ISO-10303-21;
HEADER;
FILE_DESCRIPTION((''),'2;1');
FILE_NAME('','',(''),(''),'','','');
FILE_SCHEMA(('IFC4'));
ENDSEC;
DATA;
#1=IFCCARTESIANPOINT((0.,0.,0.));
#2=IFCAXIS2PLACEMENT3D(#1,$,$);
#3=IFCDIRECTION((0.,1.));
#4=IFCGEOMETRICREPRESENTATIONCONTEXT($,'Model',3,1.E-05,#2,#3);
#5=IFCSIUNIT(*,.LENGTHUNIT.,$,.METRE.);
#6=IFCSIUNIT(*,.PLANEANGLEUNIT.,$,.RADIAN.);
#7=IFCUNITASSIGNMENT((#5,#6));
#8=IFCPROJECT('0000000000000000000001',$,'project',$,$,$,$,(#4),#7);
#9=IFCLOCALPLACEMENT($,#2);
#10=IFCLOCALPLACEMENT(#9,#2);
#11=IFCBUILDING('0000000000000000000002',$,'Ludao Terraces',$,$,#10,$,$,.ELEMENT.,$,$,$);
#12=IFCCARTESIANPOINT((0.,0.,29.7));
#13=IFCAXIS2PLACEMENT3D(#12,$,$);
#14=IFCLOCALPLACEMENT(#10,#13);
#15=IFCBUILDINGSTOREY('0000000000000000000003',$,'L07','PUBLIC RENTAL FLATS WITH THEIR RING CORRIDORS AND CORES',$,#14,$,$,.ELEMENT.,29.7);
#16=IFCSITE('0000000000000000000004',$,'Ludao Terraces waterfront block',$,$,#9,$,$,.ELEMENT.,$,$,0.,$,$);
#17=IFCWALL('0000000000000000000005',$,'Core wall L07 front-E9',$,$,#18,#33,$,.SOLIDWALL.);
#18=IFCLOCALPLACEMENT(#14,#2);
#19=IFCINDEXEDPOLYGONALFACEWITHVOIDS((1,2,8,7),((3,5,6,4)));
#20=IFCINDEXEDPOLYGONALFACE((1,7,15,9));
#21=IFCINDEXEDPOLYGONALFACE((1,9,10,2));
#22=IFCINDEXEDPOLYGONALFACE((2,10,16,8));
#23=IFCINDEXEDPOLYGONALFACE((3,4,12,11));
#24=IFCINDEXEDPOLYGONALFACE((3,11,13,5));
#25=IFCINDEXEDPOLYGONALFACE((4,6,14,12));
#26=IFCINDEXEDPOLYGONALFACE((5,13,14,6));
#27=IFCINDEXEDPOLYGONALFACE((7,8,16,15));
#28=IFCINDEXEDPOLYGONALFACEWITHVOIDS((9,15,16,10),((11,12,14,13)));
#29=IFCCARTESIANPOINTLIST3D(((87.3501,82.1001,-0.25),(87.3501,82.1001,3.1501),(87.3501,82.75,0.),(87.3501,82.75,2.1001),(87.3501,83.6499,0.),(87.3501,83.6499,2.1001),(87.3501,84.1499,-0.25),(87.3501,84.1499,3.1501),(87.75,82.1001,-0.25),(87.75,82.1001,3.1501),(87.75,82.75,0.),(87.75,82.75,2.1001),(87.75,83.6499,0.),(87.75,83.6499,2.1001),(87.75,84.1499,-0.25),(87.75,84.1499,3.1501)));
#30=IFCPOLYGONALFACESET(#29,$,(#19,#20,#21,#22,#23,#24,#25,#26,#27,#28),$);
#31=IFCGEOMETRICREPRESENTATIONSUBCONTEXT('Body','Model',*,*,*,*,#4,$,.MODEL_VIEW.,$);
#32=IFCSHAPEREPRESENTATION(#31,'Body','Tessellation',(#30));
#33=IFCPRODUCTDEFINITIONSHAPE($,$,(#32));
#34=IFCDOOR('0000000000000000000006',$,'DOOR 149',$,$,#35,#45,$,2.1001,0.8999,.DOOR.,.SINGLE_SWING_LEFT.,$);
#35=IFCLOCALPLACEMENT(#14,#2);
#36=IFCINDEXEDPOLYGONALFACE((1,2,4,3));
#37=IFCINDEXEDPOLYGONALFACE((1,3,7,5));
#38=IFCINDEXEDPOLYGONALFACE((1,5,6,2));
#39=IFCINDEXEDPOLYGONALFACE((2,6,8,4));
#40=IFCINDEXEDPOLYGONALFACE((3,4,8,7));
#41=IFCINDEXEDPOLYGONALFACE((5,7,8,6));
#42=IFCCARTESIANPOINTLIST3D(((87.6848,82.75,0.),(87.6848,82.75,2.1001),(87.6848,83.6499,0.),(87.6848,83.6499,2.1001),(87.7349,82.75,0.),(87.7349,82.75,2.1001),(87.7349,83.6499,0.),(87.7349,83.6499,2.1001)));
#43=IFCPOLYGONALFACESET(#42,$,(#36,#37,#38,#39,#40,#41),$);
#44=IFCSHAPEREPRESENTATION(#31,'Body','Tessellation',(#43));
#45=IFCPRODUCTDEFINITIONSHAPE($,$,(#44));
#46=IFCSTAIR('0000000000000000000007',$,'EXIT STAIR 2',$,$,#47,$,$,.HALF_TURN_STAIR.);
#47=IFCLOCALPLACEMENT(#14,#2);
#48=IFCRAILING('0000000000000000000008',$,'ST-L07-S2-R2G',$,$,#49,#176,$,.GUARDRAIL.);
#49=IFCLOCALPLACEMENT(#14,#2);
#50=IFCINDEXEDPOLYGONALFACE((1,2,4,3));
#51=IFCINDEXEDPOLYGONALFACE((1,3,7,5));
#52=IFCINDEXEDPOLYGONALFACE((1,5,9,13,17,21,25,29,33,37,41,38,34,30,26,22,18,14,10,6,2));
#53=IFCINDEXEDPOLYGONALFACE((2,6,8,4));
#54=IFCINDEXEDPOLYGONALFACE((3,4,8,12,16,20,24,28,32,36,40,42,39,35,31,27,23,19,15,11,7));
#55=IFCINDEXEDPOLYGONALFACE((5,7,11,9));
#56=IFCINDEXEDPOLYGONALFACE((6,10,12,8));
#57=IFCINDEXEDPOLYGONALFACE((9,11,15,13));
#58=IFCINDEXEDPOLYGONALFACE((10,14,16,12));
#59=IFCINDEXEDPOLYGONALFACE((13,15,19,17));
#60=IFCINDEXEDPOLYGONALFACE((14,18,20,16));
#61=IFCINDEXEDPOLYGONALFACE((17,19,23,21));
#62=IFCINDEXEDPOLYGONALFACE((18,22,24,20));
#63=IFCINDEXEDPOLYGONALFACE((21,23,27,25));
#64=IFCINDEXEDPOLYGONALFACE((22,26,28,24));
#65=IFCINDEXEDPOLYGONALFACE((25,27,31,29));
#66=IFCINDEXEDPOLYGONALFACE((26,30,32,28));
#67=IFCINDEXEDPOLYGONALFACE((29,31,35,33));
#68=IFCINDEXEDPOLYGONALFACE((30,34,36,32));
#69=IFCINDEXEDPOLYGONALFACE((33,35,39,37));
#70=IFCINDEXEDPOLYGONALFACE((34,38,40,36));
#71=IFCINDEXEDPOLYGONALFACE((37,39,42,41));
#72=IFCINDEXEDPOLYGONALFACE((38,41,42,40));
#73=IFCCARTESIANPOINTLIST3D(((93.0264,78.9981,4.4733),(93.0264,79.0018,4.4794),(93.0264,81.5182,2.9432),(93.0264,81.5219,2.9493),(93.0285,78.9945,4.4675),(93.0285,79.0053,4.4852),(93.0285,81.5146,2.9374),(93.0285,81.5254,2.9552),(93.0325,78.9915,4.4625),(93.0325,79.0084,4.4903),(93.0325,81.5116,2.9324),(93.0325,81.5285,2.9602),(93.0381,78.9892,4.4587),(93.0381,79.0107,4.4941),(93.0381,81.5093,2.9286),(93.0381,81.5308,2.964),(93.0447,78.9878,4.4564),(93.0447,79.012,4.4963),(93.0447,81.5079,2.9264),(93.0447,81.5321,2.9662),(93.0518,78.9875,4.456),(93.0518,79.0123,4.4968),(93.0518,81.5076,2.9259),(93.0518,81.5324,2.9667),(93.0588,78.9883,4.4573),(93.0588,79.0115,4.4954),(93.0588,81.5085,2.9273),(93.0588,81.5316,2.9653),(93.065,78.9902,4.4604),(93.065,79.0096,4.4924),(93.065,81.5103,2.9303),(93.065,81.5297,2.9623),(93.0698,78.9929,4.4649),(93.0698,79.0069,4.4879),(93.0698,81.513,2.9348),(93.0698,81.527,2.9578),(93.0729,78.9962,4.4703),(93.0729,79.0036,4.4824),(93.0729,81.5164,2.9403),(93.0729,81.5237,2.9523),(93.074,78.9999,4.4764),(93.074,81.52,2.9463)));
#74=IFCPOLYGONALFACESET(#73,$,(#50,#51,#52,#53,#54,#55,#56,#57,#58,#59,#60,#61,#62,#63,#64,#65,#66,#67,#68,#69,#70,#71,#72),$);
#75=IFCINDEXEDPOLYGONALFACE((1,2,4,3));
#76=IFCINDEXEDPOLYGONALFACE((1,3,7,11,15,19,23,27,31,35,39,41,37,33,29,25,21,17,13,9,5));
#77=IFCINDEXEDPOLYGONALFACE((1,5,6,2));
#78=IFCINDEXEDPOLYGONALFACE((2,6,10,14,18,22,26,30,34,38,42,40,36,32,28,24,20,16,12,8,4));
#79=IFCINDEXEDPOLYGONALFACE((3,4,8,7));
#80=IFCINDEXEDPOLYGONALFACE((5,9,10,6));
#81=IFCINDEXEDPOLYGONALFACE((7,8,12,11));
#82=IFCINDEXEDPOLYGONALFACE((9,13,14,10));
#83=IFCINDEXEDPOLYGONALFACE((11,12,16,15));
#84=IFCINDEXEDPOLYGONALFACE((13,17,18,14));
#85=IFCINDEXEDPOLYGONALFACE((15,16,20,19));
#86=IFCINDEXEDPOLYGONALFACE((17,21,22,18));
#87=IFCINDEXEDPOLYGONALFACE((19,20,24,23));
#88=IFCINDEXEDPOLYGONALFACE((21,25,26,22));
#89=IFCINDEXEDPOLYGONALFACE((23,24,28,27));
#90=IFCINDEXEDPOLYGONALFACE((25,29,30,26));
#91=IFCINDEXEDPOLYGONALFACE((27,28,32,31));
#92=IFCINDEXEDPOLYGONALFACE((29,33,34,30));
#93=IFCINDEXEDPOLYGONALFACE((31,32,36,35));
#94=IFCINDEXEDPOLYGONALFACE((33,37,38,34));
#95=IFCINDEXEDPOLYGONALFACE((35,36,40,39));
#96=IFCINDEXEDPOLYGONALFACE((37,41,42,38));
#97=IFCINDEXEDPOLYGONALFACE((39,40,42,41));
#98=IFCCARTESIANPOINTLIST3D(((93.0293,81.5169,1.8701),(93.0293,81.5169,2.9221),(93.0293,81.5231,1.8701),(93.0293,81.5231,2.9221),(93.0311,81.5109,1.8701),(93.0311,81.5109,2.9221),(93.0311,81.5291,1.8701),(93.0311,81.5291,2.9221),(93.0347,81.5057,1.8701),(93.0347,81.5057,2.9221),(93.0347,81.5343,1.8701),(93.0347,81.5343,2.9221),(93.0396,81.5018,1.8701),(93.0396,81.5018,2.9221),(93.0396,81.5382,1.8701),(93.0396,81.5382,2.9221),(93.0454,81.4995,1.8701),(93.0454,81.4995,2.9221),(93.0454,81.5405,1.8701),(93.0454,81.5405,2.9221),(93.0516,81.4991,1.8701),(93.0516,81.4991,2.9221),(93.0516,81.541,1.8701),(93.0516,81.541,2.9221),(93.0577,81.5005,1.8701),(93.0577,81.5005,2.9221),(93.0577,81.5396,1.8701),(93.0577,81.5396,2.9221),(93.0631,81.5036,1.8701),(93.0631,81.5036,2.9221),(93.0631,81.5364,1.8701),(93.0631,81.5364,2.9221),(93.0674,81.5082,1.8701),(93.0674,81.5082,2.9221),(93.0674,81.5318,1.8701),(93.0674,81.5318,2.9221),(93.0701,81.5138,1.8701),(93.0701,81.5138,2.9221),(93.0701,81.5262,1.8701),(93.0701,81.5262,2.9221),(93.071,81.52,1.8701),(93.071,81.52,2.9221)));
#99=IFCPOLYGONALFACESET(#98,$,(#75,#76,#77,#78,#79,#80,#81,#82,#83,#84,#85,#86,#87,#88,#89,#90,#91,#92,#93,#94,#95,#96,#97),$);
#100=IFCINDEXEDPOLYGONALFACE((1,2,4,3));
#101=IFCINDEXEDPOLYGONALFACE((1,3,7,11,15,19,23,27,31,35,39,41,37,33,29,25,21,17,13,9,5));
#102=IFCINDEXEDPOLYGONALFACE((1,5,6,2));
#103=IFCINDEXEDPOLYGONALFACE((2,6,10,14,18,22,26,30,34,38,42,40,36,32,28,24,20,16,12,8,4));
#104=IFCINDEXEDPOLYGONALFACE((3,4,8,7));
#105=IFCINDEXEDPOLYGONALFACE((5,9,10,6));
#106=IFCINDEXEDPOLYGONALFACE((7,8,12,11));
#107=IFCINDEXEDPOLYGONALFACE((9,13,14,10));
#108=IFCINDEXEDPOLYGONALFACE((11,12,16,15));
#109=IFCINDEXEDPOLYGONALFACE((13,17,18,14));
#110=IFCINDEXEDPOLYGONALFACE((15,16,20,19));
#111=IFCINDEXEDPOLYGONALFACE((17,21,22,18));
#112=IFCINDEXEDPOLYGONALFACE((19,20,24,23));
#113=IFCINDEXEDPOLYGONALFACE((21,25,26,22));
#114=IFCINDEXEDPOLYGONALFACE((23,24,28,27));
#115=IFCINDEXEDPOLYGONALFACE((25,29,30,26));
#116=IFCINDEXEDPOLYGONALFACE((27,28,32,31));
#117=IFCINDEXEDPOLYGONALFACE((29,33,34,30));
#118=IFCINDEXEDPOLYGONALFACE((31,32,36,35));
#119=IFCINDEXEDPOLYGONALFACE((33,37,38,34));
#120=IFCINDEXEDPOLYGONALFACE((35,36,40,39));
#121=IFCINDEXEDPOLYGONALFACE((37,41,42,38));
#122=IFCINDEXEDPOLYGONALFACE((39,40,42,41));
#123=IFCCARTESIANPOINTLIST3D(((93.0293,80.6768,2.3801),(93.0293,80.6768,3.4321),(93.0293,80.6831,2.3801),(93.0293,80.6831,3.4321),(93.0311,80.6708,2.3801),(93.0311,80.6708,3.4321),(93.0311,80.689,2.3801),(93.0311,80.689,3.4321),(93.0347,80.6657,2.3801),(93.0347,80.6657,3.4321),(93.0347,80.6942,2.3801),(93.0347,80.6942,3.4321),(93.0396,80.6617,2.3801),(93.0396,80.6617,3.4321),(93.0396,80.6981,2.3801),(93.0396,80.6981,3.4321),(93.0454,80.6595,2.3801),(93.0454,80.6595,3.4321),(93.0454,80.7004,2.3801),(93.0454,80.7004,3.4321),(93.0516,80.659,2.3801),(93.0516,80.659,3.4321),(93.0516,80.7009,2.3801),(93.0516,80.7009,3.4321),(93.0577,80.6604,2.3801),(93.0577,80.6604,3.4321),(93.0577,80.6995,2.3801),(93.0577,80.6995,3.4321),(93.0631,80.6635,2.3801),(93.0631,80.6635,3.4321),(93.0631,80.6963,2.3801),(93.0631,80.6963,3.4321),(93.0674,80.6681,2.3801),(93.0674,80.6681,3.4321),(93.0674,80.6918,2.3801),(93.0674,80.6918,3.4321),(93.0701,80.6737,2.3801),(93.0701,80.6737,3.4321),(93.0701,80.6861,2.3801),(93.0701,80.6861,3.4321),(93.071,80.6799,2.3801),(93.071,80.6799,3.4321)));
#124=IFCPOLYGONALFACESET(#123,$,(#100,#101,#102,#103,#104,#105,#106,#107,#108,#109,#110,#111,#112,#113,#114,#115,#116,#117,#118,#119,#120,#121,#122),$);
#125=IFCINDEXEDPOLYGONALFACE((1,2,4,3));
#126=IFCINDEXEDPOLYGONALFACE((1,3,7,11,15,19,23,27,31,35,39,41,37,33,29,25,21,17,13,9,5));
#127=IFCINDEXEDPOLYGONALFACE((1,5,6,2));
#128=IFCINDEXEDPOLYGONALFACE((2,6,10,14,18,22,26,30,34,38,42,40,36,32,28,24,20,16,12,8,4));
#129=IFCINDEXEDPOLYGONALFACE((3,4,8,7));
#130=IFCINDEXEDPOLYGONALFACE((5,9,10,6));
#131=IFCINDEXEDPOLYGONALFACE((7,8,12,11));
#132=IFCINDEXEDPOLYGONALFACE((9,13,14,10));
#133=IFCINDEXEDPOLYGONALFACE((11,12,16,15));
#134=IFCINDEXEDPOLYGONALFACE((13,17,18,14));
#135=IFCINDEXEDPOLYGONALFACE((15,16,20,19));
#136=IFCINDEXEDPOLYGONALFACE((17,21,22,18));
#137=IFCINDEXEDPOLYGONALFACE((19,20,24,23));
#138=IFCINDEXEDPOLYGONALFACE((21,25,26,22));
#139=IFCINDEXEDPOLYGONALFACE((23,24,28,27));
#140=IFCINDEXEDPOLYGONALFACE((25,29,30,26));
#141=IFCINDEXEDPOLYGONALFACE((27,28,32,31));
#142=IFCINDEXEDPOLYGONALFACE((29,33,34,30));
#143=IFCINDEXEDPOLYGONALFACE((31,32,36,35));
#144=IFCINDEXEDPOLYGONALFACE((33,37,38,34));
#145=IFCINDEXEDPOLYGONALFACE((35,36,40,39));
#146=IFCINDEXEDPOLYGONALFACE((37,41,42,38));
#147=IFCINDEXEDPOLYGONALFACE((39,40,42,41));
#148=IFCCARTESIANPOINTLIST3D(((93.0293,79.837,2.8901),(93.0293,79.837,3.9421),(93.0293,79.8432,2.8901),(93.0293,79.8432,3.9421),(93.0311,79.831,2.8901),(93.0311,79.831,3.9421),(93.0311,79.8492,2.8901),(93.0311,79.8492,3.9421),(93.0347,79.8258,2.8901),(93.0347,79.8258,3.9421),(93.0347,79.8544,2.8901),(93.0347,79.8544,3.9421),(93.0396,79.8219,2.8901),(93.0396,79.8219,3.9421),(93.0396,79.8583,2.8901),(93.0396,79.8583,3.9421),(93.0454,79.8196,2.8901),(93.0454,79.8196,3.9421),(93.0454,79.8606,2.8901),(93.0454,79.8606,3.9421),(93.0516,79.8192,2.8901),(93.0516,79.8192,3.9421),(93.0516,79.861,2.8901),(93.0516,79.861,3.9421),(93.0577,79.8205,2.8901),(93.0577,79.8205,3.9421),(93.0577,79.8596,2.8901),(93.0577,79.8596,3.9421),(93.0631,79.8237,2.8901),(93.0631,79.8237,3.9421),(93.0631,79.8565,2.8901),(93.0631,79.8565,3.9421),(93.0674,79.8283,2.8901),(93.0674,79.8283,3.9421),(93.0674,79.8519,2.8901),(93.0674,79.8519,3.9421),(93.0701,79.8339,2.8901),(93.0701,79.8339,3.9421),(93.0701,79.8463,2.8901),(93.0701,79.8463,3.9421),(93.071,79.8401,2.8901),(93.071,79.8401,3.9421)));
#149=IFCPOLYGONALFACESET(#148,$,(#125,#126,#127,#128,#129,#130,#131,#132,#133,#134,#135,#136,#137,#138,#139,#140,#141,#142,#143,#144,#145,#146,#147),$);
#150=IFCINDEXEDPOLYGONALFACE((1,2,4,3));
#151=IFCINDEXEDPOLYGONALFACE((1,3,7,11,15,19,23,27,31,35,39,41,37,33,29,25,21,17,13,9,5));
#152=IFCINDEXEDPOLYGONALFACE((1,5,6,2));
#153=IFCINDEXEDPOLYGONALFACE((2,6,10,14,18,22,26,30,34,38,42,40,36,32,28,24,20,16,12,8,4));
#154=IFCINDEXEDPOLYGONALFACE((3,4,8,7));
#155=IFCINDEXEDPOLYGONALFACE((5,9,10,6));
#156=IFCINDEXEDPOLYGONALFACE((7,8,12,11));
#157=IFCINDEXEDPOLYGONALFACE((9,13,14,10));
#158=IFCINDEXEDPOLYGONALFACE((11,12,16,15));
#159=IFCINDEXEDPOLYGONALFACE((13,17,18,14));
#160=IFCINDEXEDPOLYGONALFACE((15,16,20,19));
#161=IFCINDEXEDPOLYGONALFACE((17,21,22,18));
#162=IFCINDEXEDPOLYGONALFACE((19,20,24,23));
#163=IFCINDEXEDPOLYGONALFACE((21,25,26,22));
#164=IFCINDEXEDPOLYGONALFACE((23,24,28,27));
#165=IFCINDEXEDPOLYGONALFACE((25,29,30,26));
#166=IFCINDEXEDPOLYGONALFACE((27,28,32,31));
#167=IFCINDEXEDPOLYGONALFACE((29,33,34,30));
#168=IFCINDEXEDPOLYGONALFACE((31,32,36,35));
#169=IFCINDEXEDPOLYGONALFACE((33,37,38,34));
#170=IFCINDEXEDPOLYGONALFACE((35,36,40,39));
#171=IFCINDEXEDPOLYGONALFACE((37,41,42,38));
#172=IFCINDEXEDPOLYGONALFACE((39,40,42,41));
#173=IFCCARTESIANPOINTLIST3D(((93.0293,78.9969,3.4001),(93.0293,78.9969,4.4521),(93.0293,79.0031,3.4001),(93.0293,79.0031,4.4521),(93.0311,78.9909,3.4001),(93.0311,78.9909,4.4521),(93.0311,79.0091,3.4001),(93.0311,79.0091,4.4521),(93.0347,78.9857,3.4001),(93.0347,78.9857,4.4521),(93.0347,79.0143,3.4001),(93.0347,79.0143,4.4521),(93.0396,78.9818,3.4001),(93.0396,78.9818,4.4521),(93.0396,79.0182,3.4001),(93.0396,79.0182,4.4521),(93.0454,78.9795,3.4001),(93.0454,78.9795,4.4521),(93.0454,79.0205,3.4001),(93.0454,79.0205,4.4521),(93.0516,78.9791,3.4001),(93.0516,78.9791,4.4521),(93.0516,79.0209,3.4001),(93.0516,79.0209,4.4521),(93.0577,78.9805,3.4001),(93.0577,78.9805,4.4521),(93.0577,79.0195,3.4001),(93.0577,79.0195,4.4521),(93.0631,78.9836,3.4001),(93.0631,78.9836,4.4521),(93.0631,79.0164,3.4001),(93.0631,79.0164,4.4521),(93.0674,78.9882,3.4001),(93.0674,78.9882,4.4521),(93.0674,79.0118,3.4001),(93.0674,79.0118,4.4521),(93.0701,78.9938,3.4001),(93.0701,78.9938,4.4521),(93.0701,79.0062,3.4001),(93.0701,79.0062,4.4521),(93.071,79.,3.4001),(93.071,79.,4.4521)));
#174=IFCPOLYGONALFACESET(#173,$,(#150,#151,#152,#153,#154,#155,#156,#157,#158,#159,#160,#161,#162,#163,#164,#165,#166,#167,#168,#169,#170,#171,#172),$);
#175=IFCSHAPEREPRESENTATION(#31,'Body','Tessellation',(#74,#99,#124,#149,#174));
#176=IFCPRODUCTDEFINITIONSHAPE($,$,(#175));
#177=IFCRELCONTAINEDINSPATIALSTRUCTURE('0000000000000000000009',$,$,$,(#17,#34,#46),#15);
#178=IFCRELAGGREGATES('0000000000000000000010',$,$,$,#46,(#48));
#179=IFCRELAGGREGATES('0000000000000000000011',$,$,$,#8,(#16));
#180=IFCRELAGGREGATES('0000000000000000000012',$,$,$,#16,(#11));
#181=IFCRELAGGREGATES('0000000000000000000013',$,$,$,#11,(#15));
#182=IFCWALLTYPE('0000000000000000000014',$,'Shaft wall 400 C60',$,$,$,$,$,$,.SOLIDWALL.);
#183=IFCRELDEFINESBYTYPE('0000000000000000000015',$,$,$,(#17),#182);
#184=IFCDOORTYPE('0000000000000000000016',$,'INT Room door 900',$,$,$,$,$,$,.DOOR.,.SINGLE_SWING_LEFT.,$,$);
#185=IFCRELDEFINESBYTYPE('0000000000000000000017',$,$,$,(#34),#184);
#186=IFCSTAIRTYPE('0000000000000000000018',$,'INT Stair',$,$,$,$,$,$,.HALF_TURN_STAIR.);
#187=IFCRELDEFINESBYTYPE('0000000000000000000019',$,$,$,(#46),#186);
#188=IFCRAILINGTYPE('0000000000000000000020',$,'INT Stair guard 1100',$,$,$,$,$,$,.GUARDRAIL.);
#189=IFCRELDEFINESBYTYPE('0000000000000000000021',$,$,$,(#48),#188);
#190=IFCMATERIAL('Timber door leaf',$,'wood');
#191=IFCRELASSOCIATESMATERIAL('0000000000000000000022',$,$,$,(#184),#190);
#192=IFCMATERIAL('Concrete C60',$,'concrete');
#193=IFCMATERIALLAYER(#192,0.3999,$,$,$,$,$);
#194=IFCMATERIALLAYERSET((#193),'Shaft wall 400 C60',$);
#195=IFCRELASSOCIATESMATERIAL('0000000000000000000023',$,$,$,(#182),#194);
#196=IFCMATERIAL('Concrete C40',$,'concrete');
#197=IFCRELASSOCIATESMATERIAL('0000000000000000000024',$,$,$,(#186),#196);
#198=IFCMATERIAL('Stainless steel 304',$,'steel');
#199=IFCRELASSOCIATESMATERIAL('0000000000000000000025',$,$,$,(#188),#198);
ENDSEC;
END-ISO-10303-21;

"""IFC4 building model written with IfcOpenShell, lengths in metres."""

from ifc_helpers import new_model, si_unit, direction, frame, frame_2d, origin, origin_2d, place, context, subcontext, project, spatial, rectangle, circle, extrude, material, layer, layer_set, type_object, element, fill, aggregate, save


model = new_model("IFC4")

# Units and contexts
model_context = context("Model", 3, precision=1e-05, world=origin(), true_north=direction((0.0, 1.0)))
body_context = subcontext(model_context, "Body", "Model", "MODEL_VIEW")
ifc_project = project(units=[si_unit("LENGTHUNIT", "METRE"), si_unit("PLANEANGLEUNIT", "RADIAN")], contexts=[model_context])

# Site, building, storey
site_placement = place(None, origin())
site = spatial("IfcSite", under=ifc_project, at=site_placement, Name="Ludao Terraces waterfront block", CompositionType="ELEMENT", RefElevation=0.0)
building_placement = place(site_placement, origin())
building = spatial("IfcBuilding", under=site, at=building_placement, Name="Ludao Terraces", CompositionType="ELEMENT")
storey_placement = place(building_placement, frame((0.0, 0.0, 29.7)))
storey = spatial("IfcBuildingStorey", under=building, at=storey_placement, Name="L07", Description="PUBLIC RENTAL FLATS WITH THEIR RING CORRIDORS AND CORES", CompositionType="ELEMENT", Elevation=29.7)

# Shared definitions
ifc_material_1 = material(Name="Concrete C40", Category="concrete")

# Shared definitions
ifc_material_2 = material(Name="Timber door leaf", Category="wood")
door_type_1 = type_object("IfcDoorType", Name="INT Room door 900", OperationType="SINGLE_SWING_LEFT", PredefinedType="DOOR", material=ifc_material_2)

# Shared definitions
ifc_material_3 = material(Name="Concrete C60", Category="concrete")
ifc_layer_1 = layer(ifc_material_3, 0.3999)
ifc_layer_set_1 = layer_set([ifc_layer_1], Name="Shaft wall 400 C60")
wall_type_1 = type_object("IfcWallType", Name="Shaft wall 400 C60", PredefinedType="SOLIDWALL", material=ifc_layer_set_1)

# Wall, opening, door
wall_1_placement = place(storey_placement, frame((87.55, 82.1001, -0.25), z_axis=(0.0, 0.0, 1.0), x_axis=(0.0, 1.0, 0.0)))
wall_1 = element("IfcWall", 1, at=wall_1_placement, inside=storey, type_object=wall_type_1, Name="Core wall L07 front-E9", PredefinedType="SOLIDWALL", context=body_context, shape_type="SweptSolid", body=[
    extrude(rectangle(XDim=2.0498, YDim=0.3999, at=frame_2d((1.0249, 0.0))), origin(), (0.0, 0.0, 1.0), 3.4001),
])
opening_1_placement = place(wall_1_placement, frame((0.6499, 0.0, 0.25)))
opening_1 = element("IfcOpeningElement", 2, at=opening_1_placement, cuts=wall_1, PredefinedType="OPENING", context=body_context, shape_type="SweptSolid", body=[
    extrude(rectangle(XDim=0.8999, YDim=2.1001, at=frame_2d((0.45, 1.05))), frame((0.0, 0.21, 0.0), z_axis=(0.0, -1.0, 0.0), x_axis=(1.0, 0.0, 0.0)), (0.0, 0.0, 1.0), 0.4199),
])
door_1_placement = place(opening_1_placement, origin())
door_1 = element("IfcDoor", 3, at=door_1_placement, inside=storey, type_object=door_type_1, Name="DOOR 149", OperationType="SINGLE_SWING_LEFT", OverallHeight=2.1001, OverallWidth=0.8999, PredefinedType="DOOR", context=body_context, shape_type="SweptSolid", body=[
    extrude(rectangle(XDim=0.8999, YDim=2.1001, at=frame_2d((0.45, 1.05))), frame((0.0, -0.1348, 0.0), z_axis=(0.0, -1.0, 0.0), x_axis=(1.0, 0.0, 0.0)), (0.0, 0.0, 1.0), 0.05),
])
fill(opening_1, door_1)

# Stair, railing
stair_type = type_object("IfcStairType", Name="INT Stair", PredefinedType="HALF_TURN_STAIR", material=ifc_material_1)
stair_placement = place(storey_placement, origin())
stair = element("IfcStair", 4, at=stair_placement, inside=storey, type_object=stair_type, Name="EXIT STAIR 2", PredefinedType="HALF_TURN_STAIR")
ifc_material_4 = material(Name="Stainless steel 304", Category="steel")
railing_type_1 = type_object("IfcRailingType", Name="INT Stair guard 1100", PredefinedType="GUARDRAIL", material=ifc_material_4)
railing_1_placement = place(storey_placement, frame((93.05, 81.52, 1.8701)))
railing_1 = element("IfcRailing", 5, at=railing_1_placement, type_object=railing_type_1, Name="ST-L07-S2-R2G", PredefinedType="GUARDRAIL", context=body_context, shape_type="SweptSolid", body=[
    extrude(circle(Radius=0.0239, at=origin_2d()), frame((0.0, 0.0, 1.0762), z_axis=(0.0, -0.854785, 0.518982), x_axis=(1.0, 0.0, 0.0)), (0.0, 0.0, 1.0), 2.9482),
    extrude(circle(Radius=0.021, at=origin_2d()), origin(), (0.0, 0.0, 1.0), 1.052),
    extrude(circle(Radius=0.021, at=origin_2d()), frame((0.0, -0.8401, 0.51)), (0.0, 0.0, 1.0), 1.052),
    extrude(circle(Radius=0.021, at=origin_2d()), frame((0.0, -1.6799, 1.02)), (0.0, 0.0, 1.0), 1.052),
    extrude(circle(Radius=0.021, at=origin_2d()), frame((0.0, -2.52, 1.53)), (0.0, 0.0, 1.0), 1.052),
])
aggregate(stair, [railing_1])

save(model, "model.ifc")
